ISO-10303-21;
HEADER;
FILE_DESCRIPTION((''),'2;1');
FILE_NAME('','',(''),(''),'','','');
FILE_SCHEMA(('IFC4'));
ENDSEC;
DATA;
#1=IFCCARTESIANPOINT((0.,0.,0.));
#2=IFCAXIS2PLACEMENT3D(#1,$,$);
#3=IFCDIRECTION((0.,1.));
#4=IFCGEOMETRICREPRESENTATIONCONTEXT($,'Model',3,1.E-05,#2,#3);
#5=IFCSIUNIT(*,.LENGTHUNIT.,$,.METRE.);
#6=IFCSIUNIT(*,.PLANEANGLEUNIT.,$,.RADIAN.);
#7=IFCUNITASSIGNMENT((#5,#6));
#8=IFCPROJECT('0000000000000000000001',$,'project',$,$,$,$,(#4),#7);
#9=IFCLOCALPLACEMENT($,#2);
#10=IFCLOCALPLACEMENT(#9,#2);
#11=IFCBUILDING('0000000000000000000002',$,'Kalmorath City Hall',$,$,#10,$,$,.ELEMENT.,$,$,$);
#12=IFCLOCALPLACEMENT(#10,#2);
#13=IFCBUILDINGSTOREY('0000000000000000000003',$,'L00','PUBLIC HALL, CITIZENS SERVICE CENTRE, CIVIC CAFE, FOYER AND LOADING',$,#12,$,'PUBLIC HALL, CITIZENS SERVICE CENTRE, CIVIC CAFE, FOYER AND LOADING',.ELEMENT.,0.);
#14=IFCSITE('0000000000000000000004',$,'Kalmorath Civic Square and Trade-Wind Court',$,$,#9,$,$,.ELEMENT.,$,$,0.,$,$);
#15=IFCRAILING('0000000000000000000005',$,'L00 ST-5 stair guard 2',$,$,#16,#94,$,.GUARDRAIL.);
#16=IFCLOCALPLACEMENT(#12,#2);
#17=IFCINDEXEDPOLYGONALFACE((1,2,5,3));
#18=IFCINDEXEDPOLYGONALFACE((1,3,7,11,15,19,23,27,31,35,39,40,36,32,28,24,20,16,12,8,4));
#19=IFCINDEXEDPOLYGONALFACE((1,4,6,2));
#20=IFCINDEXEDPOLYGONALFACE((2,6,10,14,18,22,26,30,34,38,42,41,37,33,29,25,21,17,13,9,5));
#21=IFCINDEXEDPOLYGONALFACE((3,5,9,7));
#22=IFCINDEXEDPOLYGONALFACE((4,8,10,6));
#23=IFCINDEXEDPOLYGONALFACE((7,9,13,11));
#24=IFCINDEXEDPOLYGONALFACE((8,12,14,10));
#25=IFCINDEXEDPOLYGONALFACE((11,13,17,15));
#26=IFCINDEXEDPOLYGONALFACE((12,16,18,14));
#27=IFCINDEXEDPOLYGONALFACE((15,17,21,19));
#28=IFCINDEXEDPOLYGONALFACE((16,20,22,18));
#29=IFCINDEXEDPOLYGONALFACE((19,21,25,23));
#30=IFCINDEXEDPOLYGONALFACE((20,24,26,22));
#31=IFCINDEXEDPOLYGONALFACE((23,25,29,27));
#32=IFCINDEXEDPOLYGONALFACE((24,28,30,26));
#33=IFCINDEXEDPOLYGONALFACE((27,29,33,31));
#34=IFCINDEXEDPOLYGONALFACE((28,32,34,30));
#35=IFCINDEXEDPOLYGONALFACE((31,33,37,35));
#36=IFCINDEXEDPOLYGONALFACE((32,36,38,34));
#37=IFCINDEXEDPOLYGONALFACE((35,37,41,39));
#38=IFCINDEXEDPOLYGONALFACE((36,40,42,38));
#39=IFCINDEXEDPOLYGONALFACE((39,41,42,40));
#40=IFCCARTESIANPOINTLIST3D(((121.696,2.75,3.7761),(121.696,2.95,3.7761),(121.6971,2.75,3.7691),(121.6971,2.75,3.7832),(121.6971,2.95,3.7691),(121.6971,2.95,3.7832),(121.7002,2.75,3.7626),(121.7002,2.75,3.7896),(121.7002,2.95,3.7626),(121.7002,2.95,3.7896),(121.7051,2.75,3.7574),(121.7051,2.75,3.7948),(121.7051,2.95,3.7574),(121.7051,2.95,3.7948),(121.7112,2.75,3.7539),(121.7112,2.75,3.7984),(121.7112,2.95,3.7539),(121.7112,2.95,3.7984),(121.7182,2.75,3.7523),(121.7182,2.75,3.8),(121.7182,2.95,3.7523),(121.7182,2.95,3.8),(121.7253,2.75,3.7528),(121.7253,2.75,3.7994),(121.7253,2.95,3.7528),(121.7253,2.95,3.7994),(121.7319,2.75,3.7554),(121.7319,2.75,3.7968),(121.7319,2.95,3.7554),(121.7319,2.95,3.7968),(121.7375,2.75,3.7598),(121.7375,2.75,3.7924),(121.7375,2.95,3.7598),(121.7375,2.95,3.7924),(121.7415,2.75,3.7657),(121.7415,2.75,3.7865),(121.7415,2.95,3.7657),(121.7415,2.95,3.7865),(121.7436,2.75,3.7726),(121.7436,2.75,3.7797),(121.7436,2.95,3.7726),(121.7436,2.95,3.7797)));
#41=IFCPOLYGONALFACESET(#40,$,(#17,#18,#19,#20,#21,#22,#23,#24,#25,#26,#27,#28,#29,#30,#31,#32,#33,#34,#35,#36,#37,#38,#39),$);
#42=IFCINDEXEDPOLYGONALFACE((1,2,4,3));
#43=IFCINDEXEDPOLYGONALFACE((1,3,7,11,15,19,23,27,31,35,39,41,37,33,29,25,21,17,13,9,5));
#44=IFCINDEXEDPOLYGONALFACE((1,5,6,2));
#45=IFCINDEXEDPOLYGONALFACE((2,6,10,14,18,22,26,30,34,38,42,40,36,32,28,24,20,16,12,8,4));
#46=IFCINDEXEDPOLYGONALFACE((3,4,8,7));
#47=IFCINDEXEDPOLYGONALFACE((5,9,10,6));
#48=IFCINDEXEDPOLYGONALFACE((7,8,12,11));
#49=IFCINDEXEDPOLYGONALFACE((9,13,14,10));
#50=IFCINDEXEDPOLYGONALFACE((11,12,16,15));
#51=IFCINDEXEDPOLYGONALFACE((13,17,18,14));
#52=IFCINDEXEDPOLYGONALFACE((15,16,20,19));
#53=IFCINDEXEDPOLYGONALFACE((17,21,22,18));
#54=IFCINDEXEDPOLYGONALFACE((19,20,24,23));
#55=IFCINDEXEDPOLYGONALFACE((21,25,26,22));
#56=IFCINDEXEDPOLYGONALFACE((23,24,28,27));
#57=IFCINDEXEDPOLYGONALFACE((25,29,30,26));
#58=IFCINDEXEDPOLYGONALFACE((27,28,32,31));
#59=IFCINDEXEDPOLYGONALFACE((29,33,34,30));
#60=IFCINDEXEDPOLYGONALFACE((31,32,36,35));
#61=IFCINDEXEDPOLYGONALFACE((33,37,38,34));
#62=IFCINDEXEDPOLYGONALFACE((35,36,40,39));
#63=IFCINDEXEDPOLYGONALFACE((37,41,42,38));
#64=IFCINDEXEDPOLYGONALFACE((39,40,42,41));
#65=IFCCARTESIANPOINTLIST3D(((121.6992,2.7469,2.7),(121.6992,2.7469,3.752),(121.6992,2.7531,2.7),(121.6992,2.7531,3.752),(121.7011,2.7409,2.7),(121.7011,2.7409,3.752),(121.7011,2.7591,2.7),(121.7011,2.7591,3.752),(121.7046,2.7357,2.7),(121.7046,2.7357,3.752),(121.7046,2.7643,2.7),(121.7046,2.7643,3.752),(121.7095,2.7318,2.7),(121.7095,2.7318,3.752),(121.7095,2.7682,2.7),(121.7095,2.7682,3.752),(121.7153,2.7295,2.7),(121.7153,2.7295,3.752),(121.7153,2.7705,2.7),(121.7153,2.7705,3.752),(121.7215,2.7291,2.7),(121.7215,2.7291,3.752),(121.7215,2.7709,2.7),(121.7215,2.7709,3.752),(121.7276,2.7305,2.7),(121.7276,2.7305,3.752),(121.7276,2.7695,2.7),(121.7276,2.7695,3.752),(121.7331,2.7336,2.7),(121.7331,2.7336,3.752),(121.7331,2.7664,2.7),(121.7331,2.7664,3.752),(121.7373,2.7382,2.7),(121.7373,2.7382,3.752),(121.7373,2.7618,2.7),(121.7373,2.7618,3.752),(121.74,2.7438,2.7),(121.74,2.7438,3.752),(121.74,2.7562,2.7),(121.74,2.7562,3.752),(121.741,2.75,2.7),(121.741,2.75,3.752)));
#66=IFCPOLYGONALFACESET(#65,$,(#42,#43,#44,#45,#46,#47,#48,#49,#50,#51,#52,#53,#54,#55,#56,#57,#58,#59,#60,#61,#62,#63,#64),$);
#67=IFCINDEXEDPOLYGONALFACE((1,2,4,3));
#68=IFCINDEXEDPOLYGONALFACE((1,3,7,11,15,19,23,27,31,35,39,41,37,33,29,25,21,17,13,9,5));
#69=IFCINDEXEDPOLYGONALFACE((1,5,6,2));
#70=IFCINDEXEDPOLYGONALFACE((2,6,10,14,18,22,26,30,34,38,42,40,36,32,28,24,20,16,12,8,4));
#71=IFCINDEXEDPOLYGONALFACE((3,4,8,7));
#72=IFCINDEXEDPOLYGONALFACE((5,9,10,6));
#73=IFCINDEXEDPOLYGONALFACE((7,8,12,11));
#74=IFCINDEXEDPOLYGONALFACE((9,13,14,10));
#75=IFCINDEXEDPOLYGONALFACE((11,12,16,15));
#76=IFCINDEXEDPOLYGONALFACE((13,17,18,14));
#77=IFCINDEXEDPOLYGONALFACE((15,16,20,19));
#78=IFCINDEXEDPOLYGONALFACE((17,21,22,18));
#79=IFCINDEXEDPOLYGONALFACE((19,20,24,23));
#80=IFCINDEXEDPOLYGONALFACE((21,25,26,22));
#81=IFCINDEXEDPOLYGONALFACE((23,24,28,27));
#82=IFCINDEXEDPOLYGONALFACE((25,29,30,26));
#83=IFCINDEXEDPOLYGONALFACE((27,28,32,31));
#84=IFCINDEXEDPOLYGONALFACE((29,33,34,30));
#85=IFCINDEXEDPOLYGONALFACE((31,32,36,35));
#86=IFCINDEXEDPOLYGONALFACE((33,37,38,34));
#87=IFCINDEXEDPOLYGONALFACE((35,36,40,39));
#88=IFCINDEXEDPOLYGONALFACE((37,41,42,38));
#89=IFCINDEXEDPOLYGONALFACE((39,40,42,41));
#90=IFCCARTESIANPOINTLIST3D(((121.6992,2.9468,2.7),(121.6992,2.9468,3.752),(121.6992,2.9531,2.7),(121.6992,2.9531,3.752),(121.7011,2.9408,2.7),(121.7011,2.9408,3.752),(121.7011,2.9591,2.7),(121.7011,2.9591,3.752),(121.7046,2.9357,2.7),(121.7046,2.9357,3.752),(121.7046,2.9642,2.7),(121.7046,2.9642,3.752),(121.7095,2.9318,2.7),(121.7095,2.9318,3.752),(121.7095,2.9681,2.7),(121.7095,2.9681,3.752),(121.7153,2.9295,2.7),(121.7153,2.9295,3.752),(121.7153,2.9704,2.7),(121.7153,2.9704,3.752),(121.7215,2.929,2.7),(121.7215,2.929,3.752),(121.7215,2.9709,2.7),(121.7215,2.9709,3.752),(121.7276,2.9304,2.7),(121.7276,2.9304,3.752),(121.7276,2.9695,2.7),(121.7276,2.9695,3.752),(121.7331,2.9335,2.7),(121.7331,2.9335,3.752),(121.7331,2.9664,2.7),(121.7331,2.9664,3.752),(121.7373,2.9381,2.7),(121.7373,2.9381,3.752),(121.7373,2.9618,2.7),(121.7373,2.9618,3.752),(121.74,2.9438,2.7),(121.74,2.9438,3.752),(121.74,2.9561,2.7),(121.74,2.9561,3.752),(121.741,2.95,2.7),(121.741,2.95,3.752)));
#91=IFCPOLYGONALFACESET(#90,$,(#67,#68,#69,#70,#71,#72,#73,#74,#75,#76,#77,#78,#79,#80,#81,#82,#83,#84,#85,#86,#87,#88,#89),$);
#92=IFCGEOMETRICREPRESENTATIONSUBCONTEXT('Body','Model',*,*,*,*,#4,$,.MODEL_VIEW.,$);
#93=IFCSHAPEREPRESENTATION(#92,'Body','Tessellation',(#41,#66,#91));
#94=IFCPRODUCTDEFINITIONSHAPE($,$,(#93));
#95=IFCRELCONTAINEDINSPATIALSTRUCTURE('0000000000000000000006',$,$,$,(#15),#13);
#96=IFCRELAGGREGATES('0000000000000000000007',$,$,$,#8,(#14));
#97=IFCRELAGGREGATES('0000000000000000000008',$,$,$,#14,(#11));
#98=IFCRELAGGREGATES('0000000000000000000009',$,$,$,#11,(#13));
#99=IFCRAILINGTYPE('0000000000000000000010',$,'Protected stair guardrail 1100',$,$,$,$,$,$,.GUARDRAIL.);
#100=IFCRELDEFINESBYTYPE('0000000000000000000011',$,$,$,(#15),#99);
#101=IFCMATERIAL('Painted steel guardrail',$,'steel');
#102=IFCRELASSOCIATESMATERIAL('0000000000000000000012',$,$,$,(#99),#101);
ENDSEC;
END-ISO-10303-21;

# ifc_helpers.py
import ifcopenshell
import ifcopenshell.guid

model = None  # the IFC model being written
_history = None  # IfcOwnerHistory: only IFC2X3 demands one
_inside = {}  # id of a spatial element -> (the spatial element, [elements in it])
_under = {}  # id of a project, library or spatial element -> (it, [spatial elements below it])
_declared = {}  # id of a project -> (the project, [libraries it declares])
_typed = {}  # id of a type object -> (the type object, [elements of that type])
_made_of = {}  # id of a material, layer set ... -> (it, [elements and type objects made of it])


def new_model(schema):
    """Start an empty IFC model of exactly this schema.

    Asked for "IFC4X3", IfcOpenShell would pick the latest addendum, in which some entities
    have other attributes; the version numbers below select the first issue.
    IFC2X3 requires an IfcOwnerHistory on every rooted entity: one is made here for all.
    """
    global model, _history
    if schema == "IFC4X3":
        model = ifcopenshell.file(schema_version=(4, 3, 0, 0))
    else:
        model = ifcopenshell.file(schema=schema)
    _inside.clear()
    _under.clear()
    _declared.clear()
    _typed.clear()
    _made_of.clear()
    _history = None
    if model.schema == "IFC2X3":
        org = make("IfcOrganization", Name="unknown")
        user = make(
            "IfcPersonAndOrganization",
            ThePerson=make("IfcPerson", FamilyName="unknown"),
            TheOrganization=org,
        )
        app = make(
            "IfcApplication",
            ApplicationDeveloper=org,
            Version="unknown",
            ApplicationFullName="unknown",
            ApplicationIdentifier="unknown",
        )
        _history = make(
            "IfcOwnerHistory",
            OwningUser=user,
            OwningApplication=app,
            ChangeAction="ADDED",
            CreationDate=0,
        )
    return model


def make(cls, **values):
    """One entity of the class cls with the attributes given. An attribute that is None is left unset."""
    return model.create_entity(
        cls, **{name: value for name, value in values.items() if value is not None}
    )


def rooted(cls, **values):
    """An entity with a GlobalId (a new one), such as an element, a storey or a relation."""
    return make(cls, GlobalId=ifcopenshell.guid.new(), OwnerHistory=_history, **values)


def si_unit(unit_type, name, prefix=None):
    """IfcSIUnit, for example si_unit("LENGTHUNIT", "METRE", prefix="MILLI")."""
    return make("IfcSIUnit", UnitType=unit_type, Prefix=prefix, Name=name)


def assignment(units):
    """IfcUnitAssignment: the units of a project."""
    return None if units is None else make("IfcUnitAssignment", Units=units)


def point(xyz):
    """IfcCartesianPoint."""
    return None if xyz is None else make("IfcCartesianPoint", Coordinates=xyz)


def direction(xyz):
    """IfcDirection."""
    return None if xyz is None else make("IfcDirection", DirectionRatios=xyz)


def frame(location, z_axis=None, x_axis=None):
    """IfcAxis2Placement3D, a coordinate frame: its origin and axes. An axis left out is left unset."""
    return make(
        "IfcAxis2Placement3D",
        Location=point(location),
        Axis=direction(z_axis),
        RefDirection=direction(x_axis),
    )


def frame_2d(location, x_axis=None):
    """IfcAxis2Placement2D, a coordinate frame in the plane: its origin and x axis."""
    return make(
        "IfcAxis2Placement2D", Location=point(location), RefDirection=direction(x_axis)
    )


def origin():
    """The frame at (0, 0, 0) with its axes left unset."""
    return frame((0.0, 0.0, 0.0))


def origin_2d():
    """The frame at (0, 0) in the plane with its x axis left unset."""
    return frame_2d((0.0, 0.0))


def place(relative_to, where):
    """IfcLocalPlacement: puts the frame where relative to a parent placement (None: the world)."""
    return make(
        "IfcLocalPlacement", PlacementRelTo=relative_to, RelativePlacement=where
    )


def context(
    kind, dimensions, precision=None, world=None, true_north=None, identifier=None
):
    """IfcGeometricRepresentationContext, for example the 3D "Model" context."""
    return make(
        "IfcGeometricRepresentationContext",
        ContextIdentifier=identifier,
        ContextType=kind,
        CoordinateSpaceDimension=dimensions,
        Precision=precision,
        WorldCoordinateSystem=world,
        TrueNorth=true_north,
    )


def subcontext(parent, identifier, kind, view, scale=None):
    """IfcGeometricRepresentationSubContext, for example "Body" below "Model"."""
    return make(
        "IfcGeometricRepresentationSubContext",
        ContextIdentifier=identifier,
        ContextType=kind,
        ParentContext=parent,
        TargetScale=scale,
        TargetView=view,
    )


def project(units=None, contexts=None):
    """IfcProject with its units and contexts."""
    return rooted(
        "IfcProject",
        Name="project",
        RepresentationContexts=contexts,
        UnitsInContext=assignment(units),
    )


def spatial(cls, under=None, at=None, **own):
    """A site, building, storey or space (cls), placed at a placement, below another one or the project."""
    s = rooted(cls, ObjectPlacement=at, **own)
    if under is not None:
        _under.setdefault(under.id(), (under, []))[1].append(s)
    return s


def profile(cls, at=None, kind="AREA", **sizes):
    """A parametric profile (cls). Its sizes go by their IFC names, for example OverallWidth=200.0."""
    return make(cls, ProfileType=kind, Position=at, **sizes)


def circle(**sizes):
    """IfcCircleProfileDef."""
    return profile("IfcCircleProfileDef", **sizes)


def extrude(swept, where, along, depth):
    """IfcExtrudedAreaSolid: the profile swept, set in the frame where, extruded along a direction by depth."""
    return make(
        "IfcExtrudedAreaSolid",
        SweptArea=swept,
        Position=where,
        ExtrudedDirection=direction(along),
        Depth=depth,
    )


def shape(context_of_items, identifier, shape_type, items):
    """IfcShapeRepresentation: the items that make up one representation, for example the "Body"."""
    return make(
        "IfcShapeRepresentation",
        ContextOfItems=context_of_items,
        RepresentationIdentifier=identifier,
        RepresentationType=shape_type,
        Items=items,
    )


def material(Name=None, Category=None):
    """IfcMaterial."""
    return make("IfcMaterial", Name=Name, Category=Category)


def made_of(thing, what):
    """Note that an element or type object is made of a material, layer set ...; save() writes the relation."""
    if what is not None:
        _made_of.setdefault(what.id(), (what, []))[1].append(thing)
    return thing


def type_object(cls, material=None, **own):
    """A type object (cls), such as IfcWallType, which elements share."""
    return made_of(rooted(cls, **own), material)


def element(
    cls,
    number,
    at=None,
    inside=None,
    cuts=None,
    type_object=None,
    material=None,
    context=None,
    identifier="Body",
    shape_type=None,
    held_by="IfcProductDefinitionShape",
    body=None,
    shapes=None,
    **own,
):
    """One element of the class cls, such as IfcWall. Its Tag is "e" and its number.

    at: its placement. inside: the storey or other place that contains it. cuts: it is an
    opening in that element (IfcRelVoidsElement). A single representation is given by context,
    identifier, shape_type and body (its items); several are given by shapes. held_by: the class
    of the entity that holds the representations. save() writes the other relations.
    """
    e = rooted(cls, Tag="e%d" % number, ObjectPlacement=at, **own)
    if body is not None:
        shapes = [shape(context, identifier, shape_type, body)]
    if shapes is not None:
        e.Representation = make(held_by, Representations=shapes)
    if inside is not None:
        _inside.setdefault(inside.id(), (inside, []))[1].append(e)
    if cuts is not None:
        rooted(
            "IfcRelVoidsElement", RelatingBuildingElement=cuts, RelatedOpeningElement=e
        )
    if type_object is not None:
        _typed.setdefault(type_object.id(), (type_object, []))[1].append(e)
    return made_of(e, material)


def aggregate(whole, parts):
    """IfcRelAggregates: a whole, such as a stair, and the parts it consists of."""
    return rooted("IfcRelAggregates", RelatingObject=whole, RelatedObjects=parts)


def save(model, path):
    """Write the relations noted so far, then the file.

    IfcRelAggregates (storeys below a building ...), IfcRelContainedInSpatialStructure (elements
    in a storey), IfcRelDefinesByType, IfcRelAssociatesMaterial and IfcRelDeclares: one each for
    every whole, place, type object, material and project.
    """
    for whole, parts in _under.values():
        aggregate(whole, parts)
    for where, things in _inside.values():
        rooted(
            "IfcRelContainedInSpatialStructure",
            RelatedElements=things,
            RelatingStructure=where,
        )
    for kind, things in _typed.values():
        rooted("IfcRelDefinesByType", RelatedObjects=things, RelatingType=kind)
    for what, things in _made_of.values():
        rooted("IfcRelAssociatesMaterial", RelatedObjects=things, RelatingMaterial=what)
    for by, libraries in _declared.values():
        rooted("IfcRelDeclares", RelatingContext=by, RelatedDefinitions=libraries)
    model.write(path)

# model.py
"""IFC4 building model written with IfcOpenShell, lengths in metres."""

from ifc_helpers import new_model, si_unit, direction, frame, origin, origin_2d, place, context, subcontext, project, spatial, circle, extrude, material, type_object, element, save


model = new_model("IFC4")

# Units and contexts
model_context = context("Model", 3, precision=1e-05, world=origin(), true_north=direction((0.0, 1.0)))
body_context = subcontext(model_context, "Body", "Model", "MODEL_VIEW")
ifc_project = project(units=[si_unit("LENGTHUNIT", "METRE"), si_unit("PLANEANGLEUNIT", "RADIAN")], contexts=[model_context])

# Site, building, storey
site_placement = place(None, origin())
site = spatial("IfcSite", under=ifc_project, at=site_placement, Name="Kalmorath Civic Square and Trade-Wind Court", CompositionType="ELEMENT", RefElevation=0.0)
building_placement = place(site_placement, origin())
building = spatial("IfcBuilding", under=site, at=building_placement, Name="Kalmorath City Hall", CompositionType="ELEMENT")
storey_placement = place(building_placement, origin())
storey = spatial("IfcBuildingStorey", under=building, at=storey_placement, Name="L00", Description="PUBLIC HALL, CITIZENS SERVICE CENTRE, CIVIC CAFE, FOYER AND LOADING", LongName="PUBLIC HALL, CITIZENS SERVICE CENTRE, CIVIC CAFE, FOYER AND LOADING", CompositionType="ELEMENT", Elevation=0.0)

# Railing
ifc_material_1 = material(Name="Painted steel guardrail", Category="steel")
railing_type_1 = type_object("IfcRailingType", Name="Protected stair guardrail 1100", PredefinedType="GUARDRAIL", material=ifc_material_1)
railing_1_placement = place(storey_placement, frame((121.72, 2.75, 2.7)))
element("IfcRailing", 1, at=railing_1_placement, inside=storey, type_object=railing_type_1, Name="L00 ST-5 stair guard 2", PredefinedType="GUARDRAIL", context=body_context, shape_type="SweptSolid", body=[
    extrude(circle(Radius=0.0239, at=origin_2d()), frame((0.0, 0.0, 1.0762), z_axis=(0.0, 1.0, 0.0), x_axis=(-1.0, 0.0, 0.0)), (0.0, 0.0, 1.0), 0.2),
    extrude(circle(Radius=0.021, at=origin_2d()), origin(), (0.0, 0.0, 1.0), 1.052),
    extrude(circle(Radius=0.021, at=origin_2d()), frame((0.0, 0.2, 0.0)), (0.0, 0.0, 1.0), 1.052),
])

save(model, "model.ifc")
